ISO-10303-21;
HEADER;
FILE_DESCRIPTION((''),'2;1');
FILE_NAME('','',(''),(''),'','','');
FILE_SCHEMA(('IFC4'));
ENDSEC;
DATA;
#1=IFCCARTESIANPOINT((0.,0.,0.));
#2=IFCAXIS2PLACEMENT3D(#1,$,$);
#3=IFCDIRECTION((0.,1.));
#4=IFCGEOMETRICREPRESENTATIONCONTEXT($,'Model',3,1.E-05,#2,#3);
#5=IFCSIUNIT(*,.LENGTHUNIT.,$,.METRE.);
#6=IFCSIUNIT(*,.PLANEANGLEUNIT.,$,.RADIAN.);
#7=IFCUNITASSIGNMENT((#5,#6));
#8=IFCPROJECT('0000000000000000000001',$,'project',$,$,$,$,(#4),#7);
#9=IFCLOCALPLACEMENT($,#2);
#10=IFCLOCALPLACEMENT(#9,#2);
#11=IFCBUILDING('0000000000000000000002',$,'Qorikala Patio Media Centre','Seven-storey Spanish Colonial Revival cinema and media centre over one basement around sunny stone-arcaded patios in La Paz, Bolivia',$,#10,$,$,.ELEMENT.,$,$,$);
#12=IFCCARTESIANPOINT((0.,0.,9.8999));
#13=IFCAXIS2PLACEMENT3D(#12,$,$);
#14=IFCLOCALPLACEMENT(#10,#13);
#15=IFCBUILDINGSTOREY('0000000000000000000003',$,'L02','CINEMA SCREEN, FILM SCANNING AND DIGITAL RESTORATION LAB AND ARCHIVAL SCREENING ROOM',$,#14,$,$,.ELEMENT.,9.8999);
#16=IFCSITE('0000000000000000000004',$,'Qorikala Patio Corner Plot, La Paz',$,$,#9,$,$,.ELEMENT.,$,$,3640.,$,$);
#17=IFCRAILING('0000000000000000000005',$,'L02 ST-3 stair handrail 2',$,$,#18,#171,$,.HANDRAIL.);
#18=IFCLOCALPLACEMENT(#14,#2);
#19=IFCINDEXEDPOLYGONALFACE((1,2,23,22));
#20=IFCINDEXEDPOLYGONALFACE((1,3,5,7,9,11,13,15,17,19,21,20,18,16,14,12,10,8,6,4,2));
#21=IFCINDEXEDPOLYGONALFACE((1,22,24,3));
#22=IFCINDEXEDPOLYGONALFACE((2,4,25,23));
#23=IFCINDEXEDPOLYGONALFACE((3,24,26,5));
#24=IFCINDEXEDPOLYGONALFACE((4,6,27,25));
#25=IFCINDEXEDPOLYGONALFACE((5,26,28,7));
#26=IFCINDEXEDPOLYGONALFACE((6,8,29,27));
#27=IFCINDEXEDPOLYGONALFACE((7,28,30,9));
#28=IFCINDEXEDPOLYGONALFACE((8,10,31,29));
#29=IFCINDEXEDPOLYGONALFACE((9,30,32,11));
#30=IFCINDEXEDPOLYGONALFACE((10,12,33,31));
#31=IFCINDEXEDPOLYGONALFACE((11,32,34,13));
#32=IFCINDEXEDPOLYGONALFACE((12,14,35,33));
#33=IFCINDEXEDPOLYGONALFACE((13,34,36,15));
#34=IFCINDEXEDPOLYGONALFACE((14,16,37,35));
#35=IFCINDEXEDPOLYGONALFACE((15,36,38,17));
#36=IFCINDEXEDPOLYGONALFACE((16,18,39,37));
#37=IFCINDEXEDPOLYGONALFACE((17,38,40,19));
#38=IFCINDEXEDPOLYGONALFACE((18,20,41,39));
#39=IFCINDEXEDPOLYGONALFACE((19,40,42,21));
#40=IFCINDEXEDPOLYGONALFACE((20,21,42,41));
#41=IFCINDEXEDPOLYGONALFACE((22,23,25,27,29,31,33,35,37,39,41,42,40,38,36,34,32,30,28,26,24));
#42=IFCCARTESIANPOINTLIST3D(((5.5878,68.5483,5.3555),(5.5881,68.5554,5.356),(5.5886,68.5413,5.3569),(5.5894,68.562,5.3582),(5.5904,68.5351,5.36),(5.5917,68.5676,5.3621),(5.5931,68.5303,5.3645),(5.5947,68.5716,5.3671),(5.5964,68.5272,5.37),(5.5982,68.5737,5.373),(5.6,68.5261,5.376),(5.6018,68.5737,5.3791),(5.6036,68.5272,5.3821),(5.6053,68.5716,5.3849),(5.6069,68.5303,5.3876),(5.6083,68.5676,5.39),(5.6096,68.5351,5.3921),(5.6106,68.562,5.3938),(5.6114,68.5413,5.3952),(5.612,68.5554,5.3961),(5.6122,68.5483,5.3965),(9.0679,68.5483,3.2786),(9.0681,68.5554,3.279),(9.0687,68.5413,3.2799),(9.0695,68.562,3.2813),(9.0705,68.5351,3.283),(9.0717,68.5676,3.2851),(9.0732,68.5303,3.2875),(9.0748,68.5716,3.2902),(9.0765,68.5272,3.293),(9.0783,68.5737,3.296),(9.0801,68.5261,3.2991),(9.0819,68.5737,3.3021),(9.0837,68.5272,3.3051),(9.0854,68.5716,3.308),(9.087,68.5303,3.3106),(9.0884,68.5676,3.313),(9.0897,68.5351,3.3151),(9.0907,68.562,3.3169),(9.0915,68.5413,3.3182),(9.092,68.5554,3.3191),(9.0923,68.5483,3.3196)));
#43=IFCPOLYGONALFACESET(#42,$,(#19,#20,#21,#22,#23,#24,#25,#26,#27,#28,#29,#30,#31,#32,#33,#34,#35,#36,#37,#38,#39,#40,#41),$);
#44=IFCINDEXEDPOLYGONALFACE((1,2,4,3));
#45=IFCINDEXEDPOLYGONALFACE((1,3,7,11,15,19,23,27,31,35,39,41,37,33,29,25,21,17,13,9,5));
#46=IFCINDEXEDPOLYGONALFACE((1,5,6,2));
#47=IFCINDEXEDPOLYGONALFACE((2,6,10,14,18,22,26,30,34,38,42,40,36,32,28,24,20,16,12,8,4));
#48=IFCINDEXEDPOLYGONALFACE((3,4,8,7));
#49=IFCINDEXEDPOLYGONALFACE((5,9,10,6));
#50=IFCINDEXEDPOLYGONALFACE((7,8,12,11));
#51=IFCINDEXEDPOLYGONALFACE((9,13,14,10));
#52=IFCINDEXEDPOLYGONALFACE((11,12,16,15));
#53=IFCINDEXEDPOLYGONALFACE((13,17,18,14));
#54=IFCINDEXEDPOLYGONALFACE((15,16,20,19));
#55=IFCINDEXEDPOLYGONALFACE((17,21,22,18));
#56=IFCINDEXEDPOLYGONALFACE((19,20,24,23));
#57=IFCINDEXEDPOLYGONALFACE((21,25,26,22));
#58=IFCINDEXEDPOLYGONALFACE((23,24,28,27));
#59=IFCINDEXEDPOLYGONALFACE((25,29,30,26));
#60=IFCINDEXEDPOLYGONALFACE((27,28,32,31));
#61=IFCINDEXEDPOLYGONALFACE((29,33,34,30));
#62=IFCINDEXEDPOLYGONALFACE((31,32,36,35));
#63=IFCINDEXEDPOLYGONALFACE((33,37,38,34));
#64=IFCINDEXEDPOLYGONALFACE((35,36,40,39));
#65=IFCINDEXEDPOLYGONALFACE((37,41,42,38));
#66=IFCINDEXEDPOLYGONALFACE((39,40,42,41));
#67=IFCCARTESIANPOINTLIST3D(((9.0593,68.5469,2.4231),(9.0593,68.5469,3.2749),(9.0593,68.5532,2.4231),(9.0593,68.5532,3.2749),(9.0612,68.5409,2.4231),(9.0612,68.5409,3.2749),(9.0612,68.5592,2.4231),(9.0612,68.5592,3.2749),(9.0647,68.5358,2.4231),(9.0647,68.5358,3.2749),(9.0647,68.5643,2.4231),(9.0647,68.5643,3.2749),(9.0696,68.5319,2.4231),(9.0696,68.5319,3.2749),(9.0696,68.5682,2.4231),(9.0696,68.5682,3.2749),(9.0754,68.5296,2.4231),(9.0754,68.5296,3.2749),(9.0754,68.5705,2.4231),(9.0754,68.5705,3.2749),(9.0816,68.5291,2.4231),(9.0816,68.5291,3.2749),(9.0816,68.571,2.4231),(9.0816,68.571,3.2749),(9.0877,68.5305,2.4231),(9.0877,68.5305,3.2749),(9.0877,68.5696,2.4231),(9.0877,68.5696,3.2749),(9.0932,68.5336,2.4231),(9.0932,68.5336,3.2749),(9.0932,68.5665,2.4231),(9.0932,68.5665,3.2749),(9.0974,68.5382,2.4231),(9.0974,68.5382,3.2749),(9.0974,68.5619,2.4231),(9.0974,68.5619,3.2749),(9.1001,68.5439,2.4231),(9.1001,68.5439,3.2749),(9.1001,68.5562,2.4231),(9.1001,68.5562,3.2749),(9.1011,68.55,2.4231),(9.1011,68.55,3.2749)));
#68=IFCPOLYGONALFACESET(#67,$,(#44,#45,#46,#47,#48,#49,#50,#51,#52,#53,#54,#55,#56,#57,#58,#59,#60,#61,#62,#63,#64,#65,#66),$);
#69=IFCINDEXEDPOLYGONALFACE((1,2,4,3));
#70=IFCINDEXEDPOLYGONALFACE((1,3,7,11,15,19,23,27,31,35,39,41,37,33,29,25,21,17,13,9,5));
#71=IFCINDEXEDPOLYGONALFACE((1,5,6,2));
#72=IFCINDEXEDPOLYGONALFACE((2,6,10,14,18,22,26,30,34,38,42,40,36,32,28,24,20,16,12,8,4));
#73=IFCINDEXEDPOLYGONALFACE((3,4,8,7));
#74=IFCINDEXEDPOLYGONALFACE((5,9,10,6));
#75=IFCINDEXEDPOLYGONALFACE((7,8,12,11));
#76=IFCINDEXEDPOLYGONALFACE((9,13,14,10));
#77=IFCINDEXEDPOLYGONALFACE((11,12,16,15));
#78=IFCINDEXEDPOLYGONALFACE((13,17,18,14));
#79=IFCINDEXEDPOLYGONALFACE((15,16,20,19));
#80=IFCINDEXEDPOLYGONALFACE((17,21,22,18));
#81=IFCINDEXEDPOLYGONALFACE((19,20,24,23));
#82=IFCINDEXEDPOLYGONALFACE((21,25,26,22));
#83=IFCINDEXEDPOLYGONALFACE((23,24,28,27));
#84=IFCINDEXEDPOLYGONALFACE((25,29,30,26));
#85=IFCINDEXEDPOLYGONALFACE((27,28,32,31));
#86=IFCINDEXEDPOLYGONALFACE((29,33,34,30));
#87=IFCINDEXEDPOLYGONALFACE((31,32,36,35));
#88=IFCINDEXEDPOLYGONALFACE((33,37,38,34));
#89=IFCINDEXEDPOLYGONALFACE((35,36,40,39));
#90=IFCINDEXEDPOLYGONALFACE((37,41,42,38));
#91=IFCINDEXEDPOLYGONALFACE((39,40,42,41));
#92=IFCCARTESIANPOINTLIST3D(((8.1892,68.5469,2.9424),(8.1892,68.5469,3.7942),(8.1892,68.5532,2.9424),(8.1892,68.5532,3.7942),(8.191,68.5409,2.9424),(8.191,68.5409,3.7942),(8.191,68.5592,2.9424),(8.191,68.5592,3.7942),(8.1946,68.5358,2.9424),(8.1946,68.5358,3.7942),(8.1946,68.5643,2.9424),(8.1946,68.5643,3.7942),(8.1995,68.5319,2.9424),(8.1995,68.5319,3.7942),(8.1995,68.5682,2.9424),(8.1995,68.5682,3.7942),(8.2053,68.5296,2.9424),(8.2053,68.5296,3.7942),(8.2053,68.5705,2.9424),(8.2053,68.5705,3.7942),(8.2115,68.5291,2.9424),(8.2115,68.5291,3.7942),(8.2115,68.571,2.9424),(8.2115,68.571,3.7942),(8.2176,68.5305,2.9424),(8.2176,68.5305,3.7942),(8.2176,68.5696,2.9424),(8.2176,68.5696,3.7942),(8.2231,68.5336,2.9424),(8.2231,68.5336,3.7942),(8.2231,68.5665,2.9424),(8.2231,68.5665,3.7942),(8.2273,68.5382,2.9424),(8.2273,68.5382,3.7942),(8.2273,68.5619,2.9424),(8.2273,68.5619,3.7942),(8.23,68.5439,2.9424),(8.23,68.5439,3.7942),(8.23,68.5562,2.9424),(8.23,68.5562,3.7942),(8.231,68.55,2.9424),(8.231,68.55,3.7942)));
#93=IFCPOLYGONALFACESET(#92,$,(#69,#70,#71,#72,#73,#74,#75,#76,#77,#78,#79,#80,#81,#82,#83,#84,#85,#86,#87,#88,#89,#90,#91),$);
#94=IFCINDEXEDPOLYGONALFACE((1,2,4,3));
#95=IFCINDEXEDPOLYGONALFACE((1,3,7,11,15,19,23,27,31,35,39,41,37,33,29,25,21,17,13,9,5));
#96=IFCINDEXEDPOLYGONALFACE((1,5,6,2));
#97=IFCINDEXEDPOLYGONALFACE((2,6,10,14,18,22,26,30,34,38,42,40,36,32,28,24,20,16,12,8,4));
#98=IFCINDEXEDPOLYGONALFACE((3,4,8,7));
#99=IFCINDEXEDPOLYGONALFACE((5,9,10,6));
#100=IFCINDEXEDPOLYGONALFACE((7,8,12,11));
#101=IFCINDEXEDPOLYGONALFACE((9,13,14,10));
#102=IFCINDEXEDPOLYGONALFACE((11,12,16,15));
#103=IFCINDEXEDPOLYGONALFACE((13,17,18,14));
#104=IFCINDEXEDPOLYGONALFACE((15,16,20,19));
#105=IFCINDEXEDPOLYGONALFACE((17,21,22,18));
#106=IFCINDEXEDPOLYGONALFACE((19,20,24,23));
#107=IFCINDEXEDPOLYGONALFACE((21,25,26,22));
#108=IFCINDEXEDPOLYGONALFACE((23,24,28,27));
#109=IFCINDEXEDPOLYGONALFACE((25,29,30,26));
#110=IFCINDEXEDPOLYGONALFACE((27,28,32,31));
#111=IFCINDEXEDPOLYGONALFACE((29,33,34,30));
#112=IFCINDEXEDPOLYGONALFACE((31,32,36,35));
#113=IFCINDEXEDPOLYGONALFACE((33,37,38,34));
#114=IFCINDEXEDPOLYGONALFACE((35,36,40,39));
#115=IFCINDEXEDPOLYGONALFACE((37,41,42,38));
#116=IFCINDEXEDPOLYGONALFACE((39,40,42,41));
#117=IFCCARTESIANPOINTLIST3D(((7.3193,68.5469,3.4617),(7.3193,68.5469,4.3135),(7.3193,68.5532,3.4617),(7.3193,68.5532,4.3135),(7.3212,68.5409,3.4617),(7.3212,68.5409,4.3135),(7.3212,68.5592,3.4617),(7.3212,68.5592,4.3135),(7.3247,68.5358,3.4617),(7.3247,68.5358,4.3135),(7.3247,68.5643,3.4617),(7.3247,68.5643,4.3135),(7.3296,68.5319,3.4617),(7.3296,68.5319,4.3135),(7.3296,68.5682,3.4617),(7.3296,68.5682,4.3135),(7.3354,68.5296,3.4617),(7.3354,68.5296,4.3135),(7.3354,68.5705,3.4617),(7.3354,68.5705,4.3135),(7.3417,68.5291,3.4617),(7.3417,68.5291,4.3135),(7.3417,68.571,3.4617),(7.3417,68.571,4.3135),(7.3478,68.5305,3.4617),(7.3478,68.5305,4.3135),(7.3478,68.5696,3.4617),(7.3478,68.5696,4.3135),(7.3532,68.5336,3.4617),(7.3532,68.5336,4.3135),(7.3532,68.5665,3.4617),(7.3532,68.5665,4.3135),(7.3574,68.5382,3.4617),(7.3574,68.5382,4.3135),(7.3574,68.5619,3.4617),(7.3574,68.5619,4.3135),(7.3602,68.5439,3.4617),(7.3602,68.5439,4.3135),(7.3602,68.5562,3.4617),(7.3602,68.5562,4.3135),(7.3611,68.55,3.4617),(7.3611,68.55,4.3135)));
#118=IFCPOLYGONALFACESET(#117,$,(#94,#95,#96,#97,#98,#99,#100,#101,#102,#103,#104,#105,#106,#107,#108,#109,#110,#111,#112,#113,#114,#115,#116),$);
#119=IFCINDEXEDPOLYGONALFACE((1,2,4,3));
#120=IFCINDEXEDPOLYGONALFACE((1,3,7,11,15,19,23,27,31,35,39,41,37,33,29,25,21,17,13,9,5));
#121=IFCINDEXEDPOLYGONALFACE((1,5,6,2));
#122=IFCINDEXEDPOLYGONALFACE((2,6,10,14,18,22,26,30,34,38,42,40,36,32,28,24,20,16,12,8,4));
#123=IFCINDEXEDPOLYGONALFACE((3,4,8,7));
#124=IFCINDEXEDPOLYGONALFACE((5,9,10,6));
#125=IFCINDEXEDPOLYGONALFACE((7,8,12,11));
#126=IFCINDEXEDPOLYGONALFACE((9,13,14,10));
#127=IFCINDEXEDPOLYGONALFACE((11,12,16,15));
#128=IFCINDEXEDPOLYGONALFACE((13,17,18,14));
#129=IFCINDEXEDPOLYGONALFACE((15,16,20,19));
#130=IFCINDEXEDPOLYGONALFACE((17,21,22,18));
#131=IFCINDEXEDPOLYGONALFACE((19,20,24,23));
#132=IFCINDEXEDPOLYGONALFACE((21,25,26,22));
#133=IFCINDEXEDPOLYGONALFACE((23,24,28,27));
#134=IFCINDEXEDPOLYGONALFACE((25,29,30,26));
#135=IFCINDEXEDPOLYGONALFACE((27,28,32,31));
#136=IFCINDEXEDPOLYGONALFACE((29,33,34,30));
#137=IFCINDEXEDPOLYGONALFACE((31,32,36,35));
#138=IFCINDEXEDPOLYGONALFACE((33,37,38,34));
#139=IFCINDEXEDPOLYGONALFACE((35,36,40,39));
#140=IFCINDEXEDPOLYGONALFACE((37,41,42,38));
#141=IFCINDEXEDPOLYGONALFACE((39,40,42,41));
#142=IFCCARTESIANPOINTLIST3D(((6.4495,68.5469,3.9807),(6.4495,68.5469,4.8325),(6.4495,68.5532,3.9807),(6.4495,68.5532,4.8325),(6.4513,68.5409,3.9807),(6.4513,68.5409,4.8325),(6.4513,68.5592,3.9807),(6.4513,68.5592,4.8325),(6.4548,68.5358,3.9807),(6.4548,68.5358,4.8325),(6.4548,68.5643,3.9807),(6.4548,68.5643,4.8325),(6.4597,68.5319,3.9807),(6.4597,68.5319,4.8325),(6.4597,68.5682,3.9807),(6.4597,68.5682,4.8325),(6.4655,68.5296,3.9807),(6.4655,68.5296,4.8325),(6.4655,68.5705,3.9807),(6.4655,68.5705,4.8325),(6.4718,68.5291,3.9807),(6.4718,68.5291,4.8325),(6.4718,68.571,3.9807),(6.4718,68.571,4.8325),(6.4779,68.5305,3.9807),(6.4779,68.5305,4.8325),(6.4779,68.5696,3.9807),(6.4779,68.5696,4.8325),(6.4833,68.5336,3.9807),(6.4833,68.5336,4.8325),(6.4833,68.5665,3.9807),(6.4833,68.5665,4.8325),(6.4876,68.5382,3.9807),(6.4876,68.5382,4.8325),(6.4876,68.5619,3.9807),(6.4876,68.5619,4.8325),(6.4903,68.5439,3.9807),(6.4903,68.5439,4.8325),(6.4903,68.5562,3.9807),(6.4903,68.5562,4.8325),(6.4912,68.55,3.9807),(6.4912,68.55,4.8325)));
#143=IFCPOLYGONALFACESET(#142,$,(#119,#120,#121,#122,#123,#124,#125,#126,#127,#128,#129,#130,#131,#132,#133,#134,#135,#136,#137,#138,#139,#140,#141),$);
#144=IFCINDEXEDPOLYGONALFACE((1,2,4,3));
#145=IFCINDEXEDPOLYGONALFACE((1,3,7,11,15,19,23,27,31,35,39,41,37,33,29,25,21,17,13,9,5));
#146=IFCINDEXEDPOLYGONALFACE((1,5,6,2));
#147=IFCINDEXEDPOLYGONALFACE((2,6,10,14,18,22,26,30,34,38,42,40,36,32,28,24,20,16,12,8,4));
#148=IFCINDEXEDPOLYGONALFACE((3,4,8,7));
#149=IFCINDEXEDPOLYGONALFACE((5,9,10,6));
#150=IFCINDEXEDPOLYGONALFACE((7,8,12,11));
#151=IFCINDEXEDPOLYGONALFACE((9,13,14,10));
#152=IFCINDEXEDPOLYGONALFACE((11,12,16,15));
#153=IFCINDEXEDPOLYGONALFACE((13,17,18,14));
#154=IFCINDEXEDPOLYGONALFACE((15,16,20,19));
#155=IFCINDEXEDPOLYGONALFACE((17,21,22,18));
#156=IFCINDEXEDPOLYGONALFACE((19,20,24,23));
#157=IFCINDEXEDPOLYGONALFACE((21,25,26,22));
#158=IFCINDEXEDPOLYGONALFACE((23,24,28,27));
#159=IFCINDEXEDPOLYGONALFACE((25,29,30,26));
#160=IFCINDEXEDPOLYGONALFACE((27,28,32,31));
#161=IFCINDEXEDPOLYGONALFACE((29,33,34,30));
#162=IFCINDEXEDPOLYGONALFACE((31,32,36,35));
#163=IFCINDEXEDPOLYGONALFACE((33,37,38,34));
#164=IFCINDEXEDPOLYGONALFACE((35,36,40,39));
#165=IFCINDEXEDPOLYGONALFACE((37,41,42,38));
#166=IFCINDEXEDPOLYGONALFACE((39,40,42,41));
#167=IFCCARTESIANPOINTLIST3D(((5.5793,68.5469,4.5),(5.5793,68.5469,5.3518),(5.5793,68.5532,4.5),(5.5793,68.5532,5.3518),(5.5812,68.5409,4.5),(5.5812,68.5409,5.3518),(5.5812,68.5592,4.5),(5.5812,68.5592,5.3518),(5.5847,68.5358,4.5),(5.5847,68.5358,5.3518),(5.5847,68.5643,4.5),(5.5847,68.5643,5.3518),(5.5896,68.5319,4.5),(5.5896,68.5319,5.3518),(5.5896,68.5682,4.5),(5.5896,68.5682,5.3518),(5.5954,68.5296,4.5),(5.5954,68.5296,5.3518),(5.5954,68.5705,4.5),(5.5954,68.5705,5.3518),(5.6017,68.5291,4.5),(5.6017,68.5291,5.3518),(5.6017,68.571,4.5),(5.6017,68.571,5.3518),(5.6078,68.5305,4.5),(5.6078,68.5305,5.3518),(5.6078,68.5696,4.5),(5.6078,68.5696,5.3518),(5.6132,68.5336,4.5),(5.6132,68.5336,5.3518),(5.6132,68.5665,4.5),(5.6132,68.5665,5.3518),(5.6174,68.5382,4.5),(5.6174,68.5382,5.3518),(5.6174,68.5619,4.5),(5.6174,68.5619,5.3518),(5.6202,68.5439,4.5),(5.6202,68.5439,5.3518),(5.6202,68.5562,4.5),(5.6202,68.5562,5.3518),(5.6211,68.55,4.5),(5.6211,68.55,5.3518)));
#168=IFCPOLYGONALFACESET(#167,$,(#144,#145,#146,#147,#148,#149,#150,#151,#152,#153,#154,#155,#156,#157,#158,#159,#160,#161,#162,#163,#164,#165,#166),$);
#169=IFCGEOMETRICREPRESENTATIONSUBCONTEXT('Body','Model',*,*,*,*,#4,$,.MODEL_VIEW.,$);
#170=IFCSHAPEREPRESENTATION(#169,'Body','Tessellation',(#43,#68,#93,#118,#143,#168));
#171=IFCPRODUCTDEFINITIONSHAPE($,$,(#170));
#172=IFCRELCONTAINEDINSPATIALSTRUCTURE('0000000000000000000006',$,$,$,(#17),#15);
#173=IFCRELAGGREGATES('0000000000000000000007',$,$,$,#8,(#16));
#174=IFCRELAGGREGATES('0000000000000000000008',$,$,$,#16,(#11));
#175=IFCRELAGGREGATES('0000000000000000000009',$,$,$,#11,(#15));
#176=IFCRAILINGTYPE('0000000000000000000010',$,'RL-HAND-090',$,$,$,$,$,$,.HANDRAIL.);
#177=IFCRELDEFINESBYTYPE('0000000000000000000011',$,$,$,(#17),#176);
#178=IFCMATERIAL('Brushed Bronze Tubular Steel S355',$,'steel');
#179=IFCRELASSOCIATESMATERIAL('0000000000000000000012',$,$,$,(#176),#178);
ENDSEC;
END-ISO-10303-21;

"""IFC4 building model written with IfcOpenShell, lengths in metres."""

from ifc_helpers import new_model, si_unit, direction, frame, origin, origin_2d, place, context, subcontext, project, spatial, circle, extrude, material, type_object, element, save


model = new_model("IFC4")

# Units and contexts
model_context = context("Model", 3, precision=1e-05, world=origin(), true_north=direction((0.0, 1.0)))
body_context = subcontext(model_context, "Body", "Model", "MODEL_VIEW")
ifc_project = project(units=[si_unit("LENGTHUNIT", "METRE"), si_unit("PLANEANGLEUNIT", "RADIAN")], contexts=[model_context])

# Site, building, storey
site_placement = place(None, origin())
site = spatial("IfcSite", under=ifc_project, at=site_placement, Name="Qorikala Patio Corner Plot, La Paz", CompositionType="ELEMENT", RefElevation=3640.0)
building_placement = place(site_placement, origin())
building = spatial("IfcBuilding", under=site, at=building_placement, Name="Qorikala Patio Media Centre", Description="Seven-storey Spanish Colonial Revival cinema and media centre over one basement around sunny stone-arcaded patios in La Paz, Bolivia", CompositionType="ELEMENT")
storey_placement = place(building_placement, frame((0.0, 0.0, 9.8999)))
storey = spatial("IfcBuildingStorey", under=building, at=storey_placement, Name="L02", Description="CINEMA SCREEN, FILM SCANNING AND DIGITAL RESTORATION LAB AND ARCHIVAL SCREENING ROOM", CompositionType="ELEMENT", Elevation=9.8999)

# Railing
ifc_material_1 = material(Name="Brushed Bronze Tubular Steel S355", Category="steel")
railing_type_1 = type_object("IfcRailingType", Name="RL-HAND-090", PredefinedType="HANDRAIL", material=ifc_material_1)
railing_1_placement = place(storey_placement, frame((9.0801, 68.55, 2.4231)))
element("IfcRailing", 1, at=railing_1_placement, inside=storey, type_object=railing_type_1, Name="L02 ST-3 stair handrail 2", PredefinedType="HANDRAIL", context=body_context, shape_type="SweptSolid", body=[
    extrude(circle(Radius=0.0239, at=origin_2d()), frame((0.0, 0.0, 0.876), z_axis=(-0.858697, 0.0, 0.512483), x_axis=(0.0, -1.0, 0.0)), (0.0, 0.0, 1.0), 4.0527),
    extrude(circle(Radius=0.021, at=origin_2d()), origin(), (0.0, 0.0, 1.0), 0.8518),
    extrude(circle(Radius=0.021, at=origin_2d()), frame((-0.8701, 0.0, 0.5193)), (0.0, 0.0, 1.0), 0.8518),
    extrude(circle(Radius=0.021, at=origin_2d()), frame((-1.74, 0.0, 1.0386)), (0.0, 0.0, 1.0), 0.8518),
    extrude(circle(Radius=0.021, at=origin_2d()), frame((-2.6099, 0.0, 1.5576)), (0.0, 0.0, 1.0), 0.8518),
    extrude(circle(Radius=0.021, at=origin_2d()), frame((-3.48, 0.0, 2.0769)), (0.0, 0.0, 1.0), 0.8518),
])

save(model, "model.ifc")
